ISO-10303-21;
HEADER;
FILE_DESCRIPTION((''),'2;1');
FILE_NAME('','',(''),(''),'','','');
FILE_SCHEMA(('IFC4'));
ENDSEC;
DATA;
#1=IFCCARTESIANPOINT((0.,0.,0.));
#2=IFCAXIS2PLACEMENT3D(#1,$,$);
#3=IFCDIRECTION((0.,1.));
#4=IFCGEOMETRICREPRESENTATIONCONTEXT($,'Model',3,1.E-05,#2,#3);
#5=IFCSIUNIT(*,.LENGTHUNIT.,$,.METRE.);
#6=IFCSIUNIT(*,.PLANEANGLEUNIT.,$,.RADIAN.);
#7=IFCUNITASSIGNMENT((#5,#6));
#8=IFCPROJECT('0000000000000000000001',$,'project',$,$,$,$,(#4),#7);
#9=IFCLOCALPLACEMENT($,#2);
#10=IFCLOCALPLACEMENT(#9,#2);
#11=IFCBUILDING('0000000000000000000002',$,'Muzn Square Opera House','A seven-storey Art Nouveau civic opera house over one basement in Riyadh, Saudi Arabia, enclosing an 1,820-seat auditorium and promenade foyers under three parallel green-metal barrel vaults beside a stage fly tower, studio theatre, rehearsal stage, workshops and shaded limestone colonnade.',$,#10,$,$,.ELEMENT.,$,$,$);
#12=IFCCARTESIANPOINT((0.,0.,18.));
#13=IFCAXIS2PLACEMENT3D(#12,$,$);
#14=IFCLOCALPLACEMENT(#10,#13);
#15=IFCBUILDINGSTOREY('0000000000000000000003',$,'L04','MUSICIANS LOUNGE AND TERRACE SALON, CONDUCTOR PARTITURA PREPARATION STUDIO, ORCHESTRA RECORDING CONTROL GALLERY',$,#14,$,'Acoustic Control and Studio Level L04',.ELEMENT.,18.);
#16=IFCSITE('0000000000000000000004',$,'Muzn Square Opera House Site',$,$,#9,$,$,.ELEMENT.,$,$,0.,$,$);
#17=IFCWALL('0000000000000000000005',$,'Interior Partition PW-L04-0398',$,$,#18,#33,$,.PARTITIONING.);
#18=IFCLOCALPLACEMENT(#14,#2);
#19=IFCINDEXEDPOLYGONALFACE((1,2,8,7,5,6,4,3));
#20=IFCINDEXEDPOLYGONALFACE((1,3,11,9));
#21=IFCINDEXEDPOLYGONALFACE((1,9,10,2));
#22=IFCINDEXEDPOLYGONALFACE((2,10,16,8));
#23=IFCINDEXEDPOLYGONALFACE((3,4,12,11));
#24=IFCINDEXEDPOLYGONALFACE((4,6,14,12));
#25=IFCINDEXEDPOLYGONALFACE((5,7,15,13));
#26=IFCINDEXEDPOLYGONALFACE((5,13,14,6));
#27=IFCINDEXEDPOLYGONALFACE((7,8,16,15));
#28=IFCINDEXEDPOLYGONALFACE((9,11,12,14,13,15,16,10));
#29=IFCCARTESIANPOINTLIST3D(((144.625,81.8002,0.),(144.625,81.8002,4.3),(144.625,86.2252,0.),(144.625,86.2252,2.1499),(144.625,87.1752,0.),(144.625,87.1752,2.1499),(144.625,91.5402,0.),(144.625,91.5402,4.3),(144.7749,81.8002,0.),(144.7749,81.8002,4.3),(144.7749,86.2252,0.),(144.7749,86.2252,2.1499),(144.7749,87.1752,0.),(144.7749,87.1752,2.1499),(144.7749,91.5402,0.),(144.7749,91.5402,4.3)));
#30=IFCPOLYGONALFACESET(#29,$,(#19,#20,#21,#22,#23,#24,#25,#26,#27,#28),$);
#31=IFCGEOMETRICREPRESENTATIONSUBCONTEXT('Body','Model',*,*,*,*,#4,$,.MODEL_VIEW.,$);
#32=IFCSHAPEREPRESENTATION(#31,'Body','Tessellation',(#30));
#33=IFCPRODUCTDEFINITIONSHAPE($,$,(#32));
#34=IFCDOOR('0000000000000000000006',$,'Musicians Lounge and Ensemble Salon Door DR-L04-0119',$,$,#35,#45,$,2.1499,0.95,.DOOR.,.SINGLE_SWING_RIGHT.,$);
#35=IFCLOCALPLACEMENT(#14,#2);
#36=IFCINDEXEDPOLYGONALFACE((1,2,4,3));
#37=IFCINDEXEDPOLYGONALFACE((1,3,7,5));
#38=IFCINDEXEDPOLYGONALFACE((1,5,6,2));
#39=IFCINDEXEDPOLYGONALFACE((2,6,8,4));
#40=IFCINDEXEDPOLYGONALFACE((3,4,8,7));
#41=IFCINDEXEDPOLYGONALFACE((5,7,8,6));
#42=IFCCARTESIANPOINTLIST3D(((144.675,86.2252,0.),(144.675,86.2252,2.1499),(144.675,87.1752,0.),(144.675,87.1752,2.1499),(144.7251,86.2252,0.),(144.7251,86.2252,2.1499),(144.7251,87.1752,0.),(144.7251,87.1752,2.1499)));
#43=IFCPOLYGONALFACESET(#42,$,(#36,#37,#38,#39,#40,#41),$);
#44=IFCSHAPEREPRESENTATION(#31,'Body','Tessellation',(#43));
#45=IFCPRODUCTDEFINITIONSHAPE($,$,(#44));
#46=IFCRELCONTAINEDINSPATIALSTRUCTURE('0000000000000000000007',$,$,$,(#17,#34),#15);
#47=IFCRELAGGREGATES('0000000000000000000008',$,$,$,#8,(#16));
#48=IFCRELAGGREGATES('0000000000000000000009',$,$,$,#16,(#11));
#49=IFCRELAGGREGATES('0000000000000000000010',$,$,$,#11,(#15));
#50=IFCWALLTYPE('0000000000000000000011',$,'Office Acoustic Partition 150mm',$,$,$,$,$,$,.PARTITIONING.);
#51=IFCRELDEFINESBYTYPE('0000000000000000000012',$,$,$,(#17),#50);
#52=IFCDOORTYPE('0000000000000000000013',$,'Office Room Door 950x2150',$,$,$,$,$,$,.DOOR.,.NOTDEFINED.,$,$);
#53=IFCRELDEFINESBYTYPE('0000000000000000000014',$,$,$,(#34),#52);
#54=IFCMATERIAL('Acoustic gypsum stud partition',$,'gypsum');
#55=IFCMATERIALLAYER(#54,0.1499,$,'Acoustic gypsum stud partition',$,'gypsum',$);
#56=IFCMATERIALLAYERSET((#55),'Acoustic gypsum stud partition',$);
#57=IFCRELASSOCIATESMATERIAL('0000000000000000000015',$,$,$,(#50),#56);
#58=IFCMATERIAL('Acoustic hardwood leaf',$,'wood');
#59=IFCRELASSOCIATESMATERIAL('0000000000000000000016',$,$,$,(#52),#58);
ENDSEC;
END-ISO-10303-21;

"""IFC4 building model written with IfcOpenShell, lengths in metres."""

from ifc_helpers import new_model, si_unit, direction, frame, frame_2d, origin, place, context, subcontext, project, spatial, rectangle, extrude, material, layer, layer_set, type_object, element, fill, save


model = new_model("IFC4")

# Units and contexts
model_context = context("Model", 3, precision=1e-05, world=origin(), true_north=direction((0.0, 1.0)))
body_context = subcontext(model_context, "Body", "Model", "MODEL_VIEW")
ifc_project = project(units=[si_unit("LENGTHUNIT", "METRE"), si_unit("PLANEANGLEUNIT", "RADIAN")], contexts=[model_context])

# Site, building, storey
site_placement = place(None, origin())
site = spatial("IfcSite", under=ifc_project, at=site_placement, Name="Muzn Square Opera House Site", CompositionType="ELEMENT", RefElevation=0.0)
building_placement = place(site_placement, origin())
building = spatial("IfcBuilding", under=site, at=building_placement, Name="Muzn Square Opera House", Description="A seven-storey Art Nouveau civic opera house over one basement in Riyadh, Saudi Arabia, enclosing an 1,820-seat auditorium and promenade foyers under three parallel green-metal barrel vaults beside a stage fly tower, studio theatre, rehearsal stage, workshops and shaded limestone colonnade.", CompositionType="ELEMENT")
storey_placement = place(building_placement, frame((0.0, 0.0, 18.0)))
storey = spatial("IfcBuildingStorey", under=building, at=storey_placement, Name="L04", Description="MUSICIANS LOUNGE AND TERRACE SALON, CONDUCTOR PARTITURA PREPARATION STUDIO, ORCHESTRA RECORDING CONTROL GALLERY", LongName="Acoustic Control and Studio Level L04", CompositionType="ELEMENT", Elevation=18.0)

# Wall, opening, door
ifc_material_1 = material(Name="Acoustic hardwood leaf", Category="wood")
ifc_material_2 = material(Name="Acoustic gypsum stud partition", Category="gypsum")
ifc_layer_1 = layer(ifc_material_2, 0.1499, Name="Acoustic gypsum stud partition", Category="gypsum")
ifc_layer_set_1 = layer_set([ifc_layer_1], Name="Acoustic gypsum stud partition")
wall_type_1 = type_object("IfcWallType", Name="Office Acoustic Partition 150mm", PredefinedType="PARTITIONING", material=ifc_layer_set_1)
wall_1_placement = place(storey_placement, frame((144.7, 81.8, 0.0), z_axis=(0.0, 0.0, 1.0), x_axis=(0.0, 1.0, 0.0)))
wall_1 = element("IfcWall", 1, at=wall_1_placement, inside=storey, type_object=wall_type_1, Name="Interior Partition PW-L04-0398", PredefinedType="PARTITIONING", context=body_context, shape_type="SweptSolid", body=[
    extrude(rectangle(XDim=9.74, YDim=0.1499, at=frame_2d((4.8701, 0.0))), origin(), (0.0, 0.0, 1.0), 4.3),
])
opening_1_placement = place(wall_1_placement, frame((4.425, 0.0, 0.0)))
opening_1 = element("IfcOpeningElement", 2, at=opening_1_placement, cuts=wall_1, PredefinedType="OPENING", context=body_context, shape_type="SweptSolid", body=[
    extrude(rectangle(XDim=0.95, YDim=2.1499, at=frame_2d((0.4751, 1.075))), frame((0.0, 0.085, 0.0), z_axis=(0.0, -1.0, 0.0), x_axis=(1.0, 0.0, 0.0)), (0.0, 0.0, 1.0), 0.1699),
])
door_type_1 = type_object("IfcDoorType", Name="Office Room Door 950x2150", OperationType="NOTDEFINED", PredefinedType="DOOR", material=ifc_material_1)
door_1_placement = place(opening_1_placement, origin())
door_1 = element("IfcDoor", 3, at=door_1_placement, inside=storey, type_object=door_type_1, Name="Musicians Lounge and Ensemble Salon Door DR-L04-0119", OperationType="SINGLE_SWING_RIGHT", OverallHeight=2.1499, OverallWidth=0.95, PredefinedType="DOOR", context=body_context, shape_type="SweptSolid", body=[
    extrude(rectangle(XDim=0.95, YDim=2.1499, at=frame_2d((0.4751, 1.075))), frame((0.0, 0.0249, 0.0), z_axis=(0.0, -1.0, 0.0), x_axis=(1.0, 0.0, 0.0)), (0.0, 0.0, 1.0), 0.05),
])
fill(opening_1, door_1)

save(model, "model.ifc")
